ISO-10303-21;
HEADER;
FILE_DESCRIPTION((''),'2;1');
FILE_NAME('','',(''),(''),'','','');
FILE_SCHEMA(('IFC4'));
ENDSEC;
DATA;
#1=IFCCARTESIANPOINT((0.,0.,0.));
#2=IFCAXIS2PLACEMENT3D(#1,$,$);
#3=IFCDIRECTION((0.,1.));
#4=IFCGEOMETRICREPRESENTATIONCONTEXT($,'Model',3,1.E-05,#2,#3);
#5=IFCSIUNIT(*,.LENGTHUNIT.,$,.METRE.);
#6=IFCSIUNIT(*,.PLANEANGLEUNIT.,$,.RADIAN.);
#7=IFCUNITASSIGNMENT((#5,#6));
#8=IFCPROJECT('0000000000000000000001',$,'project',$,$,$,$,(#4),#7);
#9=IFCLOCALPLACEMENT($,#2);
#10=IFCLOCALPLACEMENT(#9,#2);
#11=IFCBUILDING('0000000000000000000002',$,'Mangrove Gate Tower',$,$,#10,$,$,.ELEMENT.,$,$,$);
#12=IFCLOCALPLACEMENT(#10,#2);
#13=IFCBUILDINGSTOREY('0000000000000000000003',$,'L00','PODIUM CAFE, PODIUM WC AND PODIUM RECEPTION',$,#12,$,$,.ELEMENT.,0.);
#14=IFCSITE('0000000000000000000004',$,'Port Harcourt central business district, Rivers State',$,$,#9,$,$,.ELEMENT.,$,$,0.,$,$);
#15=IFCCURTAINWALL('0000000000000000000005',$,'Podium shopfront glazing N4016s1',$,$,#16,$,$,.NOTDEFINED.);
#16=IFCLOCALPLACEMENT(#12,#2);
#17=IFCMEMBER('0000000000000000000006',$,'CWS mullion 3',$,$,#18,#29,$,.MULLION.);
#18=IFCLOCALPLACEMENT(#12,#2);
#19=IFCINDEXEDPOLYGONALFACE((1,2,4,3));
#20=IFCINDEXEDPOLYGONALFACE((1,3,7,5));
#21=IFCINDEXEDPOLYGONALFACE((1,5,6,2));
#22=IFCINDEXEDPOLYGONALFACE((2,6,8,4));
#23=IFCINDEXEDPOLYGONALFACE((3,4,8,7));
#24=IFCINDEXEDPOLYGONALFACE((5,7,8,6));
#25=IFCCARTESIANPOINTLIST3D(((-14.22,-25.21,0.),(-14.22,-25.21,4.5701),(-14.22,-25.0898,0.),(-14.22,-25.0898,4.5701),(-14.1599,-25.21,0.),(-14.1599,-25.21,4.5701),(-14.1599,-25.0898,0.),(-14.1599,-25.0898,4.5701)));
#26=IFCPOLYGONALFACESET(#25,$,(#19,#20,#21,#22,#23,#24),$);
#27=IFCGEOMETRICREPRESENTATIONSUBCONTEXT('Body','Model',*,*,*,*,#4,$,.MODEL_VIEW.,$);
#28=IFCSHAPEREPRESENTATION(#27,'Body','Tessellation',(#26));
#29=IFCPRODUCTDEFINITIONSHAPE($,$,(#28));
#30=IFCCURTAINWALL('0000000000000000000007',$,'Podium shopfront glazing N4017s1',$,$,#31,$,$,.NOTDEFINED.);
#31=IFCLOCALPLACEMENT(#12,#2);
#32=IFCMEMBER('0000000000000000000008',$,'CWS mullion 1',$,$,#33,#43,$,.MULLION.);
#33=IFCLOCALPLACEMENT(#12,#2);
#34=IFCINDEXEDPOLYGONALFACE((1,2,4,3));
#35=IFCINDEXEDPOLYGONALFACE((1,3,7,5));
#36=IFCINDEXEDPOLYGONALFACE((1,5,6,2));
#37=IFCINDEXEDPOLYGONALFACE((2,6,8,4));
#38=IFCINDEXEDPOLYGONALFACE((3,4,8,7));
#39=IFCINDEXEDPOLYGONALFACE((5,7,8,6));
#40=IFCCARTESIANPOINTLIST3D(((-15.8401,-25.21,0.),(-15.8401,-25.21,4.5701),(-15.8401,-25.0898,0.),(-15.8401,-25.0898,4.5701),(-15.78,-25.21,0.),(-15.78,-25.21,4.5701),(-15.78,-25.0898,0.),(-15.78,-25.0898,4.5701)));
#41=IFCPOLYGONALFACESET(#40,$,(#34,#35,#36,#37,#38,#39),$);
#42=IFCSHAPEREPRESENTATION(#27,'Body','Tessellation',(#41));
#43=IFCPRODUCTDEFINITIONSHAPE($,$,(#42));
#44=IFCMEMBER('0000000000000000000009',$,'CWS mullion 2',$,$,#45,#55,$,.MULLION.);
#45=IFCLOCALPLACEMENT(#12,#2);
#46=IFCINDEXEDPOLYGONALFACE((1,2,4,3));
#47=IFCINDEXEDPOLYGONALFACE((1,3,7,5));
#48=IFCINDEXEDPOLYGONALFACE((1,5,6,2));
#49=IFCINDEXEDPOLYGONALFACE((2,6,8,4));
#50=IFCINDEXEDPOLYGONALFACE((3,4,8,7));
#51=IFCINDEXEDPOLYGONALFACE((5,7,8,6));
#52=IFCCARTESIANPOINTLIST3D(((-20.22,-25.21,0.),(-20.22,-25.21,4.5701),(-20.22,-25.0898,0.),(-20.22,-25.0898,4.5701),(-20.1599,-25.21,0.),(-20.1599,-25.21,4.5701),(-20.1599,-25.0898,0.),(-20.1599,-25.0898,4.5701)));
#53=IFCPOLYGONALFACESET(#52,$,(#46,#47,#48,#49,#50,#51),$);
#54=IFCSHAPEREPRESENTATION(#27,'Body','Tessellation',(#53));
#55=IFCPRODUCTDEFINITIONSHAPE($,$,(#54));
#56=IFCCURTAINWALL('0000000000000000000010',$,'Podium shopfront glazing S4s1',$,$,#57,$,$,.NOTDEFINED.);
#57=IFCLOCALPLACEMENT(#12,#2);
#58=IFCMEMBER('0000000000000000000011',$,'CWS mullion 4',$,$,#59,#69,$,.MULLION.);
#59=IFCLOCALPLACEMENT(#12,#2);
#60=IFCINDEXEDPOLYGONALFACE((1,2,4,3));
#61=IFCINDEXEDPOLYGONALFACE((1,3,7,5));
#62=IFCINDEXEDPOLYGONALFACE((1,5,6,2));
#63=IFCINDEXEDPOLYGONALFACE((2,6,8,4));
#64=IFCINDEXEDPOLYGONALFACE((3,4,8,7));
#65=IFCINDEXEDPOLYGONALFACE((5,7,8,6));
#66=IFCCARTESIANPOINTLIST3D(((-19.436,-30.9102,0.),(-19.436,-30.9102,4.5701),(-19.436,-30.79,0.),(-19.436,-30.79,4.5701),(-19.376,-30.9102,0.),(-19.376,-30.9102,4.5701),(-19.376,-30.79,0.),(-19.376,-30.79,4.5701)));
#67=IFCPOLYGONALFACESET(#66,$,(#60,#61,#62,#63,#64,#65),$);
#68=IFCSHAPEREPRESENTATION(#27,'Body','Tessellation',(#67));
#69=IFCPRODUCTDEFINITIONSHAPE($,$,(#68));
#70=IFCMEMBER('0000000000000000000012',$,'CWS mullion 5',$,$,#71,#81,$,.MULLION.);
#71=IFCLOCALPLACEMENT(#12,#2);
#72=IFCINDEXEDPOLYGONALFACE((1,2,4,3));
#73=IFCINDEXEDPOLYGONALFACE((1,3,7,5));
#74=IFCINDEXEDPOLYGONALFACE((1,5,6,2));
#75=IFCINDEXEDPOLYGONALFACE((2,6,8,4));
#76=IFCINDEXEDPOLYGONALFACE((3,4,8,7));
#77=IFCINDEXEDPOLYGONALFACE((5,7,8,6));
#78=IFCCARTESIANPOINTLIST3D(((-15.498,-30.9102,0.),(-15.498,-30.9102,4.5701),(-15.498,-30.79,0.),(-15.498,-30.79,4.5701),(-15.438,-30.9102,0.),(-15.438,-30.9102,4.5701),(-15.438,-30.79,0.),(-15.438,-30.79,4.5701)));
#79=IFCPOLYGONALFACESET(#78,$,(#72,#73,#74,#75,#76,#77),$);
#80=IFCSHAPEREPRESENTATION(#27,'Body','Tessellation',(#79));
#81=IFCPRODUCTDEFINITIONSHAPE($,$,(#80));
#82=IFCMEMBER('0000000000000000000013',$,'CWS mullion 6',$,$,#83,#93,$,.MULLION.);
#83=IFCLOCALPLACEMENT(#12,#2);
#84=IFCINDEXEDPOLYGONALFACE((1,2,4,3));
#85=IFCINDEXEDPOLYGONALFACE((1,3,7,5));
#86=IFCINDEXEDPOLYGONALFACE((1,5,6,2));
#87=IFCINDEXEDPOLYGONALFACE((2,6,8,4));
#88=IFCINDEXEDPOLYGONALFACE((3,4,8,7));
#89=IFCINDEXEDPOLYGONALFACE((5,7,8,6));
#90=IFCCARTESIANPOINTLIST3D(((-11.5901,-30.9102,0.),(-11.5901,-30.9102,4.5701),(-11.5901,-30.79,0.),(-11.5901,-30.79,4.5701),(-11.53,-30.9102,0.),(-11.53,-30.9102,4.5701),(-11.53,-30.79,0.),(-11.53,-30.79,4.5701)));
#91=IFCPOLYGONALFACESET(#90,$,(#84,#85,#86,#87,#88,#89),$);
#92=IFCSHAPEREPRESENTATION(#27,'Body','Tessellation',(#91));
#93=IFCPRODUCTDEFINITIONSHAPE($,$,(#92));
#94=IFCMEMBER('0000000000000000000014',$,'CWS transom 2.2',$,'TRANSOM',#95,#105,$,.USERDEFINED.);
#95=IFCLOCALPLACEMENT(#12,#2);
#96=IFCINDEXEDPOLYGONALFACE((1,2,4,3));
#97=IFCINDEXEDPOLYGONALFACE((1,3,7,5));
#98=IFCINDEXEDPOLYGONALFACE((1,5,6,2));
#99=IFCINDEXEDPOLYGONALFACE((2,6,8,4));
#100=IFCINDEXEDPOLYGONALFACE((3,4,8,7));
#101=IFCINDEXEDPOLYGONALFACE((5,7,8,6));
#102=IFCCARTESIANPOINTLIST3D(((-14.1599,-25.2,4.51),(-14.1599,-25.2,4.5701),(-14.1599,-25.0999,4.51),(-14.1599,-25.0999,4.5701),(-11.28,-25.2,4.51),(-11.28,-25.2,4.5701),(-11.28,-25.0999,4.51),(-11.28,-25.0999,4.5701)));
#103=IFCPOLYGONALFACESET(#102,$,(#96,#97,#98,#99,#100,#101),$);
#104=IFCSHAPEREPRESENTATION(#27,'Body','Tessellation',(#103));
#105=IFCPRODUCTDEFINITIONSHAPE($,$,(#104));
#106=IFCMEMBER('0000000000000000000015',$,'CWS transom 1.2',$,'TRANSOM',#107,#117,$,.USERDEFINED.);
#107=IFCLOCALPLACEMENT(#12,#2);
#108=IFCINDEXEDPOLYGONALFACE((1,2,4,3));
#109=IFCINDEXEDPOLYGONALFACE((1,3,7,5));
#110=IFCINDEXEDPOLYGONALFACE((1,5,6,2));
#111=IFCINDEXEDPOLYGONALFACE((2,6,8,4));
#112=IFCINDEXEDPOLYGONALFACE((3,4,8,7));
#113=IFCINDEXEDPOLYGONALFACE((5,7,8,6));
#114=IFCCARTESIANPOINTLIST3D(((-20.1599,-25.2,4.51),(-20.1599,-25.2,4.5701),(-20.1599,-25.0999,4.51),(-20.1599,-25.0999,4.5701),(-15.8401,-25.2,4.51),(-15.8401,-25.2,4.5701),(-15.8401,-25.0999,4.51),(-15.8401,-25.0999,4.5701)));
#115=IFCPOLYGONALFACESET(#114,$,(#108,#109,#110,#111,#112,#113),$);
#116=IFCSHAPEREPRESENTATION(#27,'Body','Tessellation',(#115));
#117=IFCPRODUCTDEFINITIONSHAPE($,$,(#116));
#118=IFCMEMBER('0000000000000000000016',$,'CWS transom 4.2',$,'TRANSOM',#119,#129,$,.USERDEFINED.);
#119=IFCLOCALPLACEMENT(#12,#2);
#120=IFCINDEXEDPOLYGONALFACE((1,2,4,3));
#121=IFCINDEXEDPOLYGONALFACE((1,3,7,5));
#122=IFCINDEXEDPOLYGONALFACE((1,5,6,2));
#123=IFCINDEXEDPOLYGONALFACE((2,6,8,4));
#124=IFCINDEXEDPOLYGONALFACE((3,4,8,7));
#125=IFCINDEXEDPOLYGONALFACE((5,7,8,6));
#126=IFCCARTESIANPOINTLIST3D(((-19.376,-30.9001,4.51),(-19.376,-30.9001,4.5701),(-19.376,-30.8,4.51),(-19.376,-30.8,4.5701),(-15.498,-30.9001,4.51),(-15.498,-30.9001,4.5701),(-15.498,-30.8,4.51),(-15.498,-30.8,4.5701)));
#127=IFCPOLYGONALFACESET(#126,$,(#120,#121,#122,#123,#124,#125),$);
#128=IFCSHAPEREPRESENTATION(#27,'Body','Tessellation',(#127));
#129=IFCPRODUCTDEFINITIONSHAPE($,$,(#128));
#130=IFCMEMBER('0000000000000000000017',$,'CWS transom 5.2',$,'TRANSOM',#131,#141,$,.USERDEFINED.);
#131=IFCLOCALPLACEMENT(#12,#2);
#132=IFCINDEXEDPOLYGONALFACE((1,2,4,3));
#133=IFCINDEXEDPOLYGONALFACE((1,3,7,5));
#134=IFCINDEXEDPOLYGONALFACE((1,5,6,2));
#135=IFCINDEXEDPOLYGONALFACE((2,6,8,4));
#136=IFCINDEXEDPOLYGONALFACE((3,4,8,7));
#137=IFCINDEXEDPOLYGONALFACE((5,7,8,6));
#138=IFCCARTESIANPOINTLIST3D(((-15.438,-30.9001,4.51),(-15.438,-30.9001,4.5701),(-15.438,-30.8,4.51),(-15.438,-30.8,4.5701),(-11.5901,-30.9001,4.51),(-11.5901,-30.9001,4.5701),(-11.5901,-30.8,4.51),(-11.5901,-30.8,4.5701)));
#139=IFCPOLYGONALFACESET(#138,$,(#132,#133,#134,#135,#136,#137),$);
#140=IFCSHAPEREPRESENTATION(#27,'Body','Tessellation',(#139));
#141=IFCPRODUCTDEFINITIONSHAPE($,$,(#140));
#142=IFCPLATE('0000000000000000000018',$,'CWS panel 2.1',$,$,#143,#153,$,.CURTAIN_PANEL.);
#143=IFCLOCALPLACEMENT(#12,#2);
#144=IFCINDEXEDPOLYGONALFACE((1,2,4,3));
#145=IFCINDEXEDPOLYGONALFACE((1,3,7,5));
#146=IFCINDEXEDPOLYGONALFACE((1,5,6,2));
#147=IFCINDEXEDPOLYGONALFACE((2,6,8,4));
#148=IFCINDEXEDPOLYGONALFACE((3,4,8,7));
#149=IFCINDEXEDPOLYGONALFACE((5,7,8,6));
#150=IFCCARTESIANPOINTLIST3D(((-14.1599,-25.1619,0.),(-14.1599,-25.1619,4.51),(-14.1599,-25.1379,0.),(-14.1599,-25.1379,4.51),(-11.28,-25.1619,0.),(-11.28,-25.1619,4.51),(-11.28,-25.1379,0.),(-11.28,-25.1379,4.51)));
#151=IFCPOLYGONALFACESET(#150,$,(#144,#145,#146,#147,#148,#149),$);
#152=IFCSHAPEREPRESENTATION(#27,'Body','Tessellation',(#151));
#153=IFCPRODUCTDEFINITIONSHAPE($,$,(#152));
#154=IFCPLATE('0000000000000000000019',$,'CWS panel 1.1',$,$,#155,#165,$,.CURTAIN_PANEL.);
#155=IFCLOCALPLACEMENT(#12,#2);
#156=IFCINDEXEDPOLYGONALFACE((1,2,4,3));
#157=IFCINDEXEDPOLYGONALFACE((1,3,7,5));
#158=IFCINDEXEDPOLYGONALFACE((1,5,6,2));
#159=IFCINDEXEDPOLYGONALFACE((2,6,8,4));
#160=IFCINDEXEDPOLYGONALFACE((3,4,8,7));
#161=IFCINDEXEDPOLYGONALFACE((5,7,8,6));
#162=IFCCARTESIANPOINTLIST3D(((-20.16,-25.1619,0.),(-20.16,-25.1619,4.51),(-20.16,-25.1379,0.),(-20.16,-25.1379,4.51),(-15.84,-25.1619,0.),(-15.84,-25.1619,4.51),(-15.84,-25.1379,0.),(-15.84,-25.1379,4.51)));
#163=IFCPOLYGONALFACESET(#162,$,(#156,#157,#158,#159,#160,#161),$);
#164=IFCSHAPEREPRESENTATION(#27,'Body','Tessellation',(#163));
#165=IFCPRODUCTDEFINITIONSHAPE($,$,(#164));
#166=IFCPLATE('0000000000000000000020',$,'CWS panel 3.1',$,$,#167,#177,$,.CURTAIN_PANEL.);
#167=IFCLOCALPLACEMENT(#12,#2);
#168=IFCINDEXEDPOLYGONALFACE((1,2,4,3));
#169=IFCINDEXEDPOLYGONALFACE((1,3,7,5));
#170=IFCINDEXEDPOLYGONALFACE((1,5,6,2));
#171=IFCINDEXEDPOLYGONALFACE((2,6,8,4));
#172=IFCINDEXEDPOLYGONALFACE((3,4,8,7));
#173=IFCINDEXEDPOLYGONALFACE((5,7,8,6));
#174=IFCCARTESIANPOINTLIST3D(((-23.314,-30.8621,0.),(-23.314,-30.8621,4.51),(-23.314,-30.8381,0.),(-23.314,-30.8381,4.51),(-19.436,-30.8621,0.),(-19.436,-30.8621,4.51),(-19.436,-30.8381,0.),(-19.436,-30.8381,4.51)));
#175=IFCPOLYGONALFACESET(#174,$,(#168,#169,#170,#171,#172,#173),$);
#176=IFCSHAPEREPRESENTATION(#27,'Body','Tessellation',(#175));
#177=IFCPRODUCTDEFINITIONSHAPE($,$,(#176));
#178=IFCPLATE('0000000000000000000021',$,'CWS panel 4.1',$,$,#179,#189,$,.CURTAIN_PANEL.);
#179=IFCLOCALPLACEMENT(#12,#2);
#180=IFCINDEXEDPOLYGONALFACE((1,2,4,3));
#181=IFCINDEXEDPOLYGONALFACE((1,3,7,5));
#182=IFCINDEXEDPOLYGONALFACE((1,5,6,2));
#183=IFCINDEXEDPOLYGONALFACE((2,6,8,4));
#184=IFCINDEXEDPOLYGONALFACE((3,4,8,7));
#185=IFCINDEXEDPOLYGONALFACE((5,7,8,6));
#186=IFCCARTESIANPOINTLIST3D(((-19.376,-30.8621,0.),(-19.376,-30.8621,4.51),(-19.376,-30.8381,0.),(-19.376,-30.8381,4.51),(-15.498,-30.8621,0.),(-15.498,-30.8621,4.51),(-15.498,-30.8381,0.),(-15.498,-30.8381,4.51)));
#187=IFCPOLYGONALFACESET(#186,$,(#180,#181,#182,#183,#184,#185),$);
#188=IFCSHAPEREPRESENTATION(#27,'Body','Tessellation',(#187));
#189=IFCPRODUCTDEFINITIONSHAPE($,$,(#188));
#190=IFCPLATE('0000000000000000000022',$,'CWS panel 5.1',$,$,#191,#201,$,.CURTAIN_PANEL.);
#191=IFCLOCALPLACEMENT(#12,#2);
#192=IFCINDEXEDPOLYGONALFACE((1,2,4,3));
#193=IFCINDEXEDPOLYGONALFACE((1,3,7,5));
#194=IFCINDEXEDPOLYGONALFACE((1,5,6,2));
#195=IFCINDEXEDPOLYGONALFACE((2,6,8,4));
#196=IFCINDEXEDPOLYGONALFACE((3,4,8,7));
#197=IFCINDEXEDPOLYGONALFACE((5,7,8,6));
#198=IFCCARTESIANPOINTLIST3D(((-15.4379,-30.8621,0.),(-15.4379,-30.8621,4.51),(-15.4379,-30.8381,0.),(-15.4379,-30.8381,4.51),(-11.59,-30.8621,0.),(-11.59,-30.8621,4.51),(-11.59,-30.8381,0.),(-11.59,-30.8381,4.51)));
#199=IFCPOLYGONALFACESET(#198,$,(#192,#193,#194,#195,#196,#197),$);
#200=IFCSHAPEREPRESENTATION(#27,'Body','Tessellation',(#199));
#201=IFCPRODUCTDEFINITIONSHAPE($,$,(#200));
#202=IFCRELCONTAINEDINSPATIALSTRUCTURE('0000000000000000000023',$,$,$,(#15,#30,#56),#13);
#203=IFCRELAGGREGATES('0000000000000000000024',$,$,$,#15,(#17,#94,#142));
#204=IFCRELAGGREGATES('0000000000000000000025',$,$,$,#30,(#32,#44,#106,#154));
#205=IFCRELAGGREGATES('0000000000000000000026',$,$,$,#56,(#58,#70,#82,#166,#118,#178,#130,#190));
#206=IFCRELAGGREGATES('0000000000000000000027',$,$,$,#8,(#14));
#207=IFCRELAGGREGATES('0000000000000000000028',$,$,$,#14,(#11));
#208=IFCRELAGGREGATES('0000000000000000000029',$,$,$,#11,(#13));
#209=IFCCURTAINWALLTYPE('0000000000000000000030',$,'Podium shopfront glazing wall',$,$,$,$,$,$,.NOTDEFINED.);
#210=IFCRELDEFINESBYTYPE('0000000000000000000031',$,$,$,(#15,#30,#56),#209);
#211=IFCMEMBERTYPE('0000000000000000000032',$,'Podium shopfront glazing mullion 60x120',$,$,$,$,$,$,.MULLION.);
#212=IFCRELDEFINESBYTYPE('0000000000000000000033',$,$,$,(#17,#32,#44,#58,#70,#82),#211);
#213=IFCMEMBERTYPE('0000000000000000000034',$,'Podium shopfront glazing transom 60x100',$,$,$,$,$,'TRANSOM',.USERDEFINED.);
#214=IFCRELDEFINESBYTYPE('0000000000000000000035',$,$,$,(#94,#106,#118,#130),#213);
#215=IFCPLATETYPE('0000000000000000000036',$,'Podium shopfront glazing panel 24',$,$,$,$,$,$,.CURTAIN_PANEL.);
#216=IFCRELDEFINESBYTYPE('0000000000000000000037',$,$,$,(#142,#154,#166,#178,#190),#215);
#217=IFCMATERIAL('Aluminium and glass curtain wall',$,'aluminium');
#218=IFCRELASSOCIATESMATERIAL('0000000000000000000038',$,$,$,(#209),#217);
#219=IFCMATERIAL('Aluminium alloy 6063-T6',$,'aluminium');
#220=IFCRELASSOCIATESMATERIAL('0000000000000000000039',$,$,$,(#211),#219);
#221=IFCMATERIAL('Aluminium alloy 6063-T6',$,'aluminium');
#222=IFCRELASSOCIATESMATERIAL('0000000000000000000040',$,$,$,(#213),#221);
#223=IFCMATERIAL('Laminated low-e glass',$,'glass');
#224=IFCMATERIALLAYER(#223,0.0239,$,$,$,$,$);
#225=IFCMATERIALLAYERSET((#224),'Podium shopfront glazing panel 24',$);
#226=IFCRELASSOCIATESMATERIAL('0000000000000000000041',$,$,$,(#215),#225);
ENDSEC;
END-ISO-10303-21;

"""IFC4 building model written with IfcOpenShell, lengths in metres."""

from ifc_helpers import new_model, si_unit, direction, frame, origin, origin_2d, place, context, subcontext, project, spatial, rectangle, extrude, material, layer, layer_set, material_profile, profile_set, type_object, element, aggregate, save


model = new_model("IFC4")

# Units and contexts
model_context = context("Model", 3, precision=1e-05, world=origin(), true_north=direction((0.0, 1.0)))
body_context = subcontext(model_context, "Body", "Model", "MODEL_VIEW")
ifc_project = project(units=[si_unit("LENGTHUNIT", "METRE"), si_unit("PLANEANGLEUNIT", "RADIAN")], contexts=[model_context])

# Site, building, storey
site_placement = place(None, origin())
site = spatial("IfcSite", under=ifc_project, at=site_placement, Name="Port Harcourt central business district, Rivers State", CompositionType="ELEMENT", RefElevation=0.0)
building_placement = place(site_placement, origin())
building = spatial("IfcBuilding", under=site, at=building_placement, Name="Mangrove Gate Tower", CompositionType="ELEMENT")
storey_placement = place(building_placement, origin())
storey = spatial("IfcBuildingStorey", under=building, at=storey_placement, Name="L00", Description="PODIUM CAFE, PODIUM WC AND PODIUM RECEPTION", CompositionType="ELEMENT", Elevation=0.0)

# Curtain wall, member
ifc_material_1 = material(Name="Aluminium and glass curtain wall", Category="aluminium")
curtain_wall_type = type_object("IfcCurtainWallType", Name="Podium shopfront glazing wall", PredefinedType="NOTDEFINED", material=ifc_material_1)
curtain_wall_1_placement = place(storey_placement, origin())
curtain_wall_1 = element("IfcCurtainWall", 1, at=curtain_wall_1_placement, inside=storey, type_object=curtain_wall_type, Name="Podium shopfront glazing N4016s1", PredefinedType="NOTDEFINED")
ifc_material_2 = material(Name="Aluminium alloy 6063-T6", Category="aluminium")
ifc_material_profile_1 = material_profile(ifc_material_2, rectangle(XDim=0.0601, YDim=0.1201, at=origin_2d()))
ifc_profile_set_1 = profile_set([ifc_material_profile_1], Name="Aluminium alloy 6063-T6")
member_type_1 = type_object("IfcMemberType", Name="Podium shopfront glazing mullion 60x120", PredefinedType="MULLION", material=ifc_profile_set_1)
member_1_placement = place(storey_placement, frame((-14.1899, -25.1499, 0.0), z_axis=(0.0, 0.0, 1.0), x_axis=(-1.0, 0.0, 0.0)))
member_1 = element("IfcMember", 2, at=member_1_placement, type_object=member_type_1, Name="CWS mullion 3", PredefinedType="MULLION", context=body_context, shape_type="SweptSolid", body=[
    extrude(rectangle(XDim=0.0601, YDim=0.1201, at=origin_2d()), origin(), (0.0, 0.0, 1.0), 4.5701),
])

# Curtain walls, members
curtain_wall_2_placement = place(storey_placement, origin())
curtain_wall_2 = element("IfcCurtainWall", 3, at=curtain_wall_2_placement, inside=storey, type_object=curtain_wall_type, Name="Podium shopfront glazing N4017s1", PredefinedType="NOTDEFINED")
member_2_placement = place(storey_placement, frame((-15.8101, -25.1499, 0.0), z_axis=(0.0, 0.0, 1.0), x_axis=(-1.0, 0.0, 0.0)))
member_2 = element("IfcMember", 4, at=member_2_placement, type_object=member_type_1, Name="CWS mullion 1", PredefinedType="MULLION", context=body_context, shape_type="SweptSolid", body=[
    extrude(rectangle(XDim=0.0601, YDim=0.1201, at=origin_2d()), origin(), (0.0, 0.0, 1.0), 4.5701),
])
member_3_placement = place(storey_placement, frame((-20.1899, -25.1499, 0.0), z_axis=(0.0, 0.0, 1.0), x_axis=(-1.0, 0.0, 0.0)))
member_3 = element("IfcMember", 5, at=member_3_placement, type_object=member_type_1, Name="CWS mullion 2", PredefinedType="MULLION", context=body_context, shape_type="SweptSolid", body=[
    extrude(rectangle(XDim=0.0601, YDim=0.1201, at=origin_2d()), origin(), (0.0, 0.0, 1.0), 4.5701),
])
curtain_wall_3_placement = place(storey_placement, origin())
curtain_wall_3 = element("IfcCurtainWall", 6, at=curtain_wall_3_placement, inside=storey, type_object=curtain_wall_type, Name="Podium shopfront glazing S4s1", PredefinedType="NOTDEFINED")
member_4_placement = place(storey_placement, frame((-19.406, -30.8501, 0.0), z_axis=(0.0, 0.0, 1.0), x_axis=(1.0, 0.0, 0.0)))
member_4 = element("IfcMember", 7, at=member_4_placement, type_object=member_type_1, Name="CWS mullion 4", PredefinedType="MULLION", context=body_context, shape_type="SweptSolid", body=[
    extrude(rectangle(XDim=0.0601, YDim=0.1201, at=origin_2d()), origin(), (0.0, 0.0, 1.0), 4.5701),
])
member_5_placement = place(storey_placement, frame((-15.468, -30.8501, 0.0), z_axis=(0.0, 0.0, 1.0), x_axis=(1.0, 0.0, 0.0)))
member_5 = element("IfcMember", 8, at=member_5_placement, type_object=member_type_1, Name="CWS mullion 5", PredefinedType="MULLION", context=body_context, shape_type="SweptSolid", body=[
    extrude(rectangle(XDim=0.0601, YDim=0.1201, at=origin_2d()), origin(), (0.0, 0.0, 1.0), 4.5701),
])
member_6_placement = place(storey_placement, frame((-11.5601, -30.8501, 0.0), z_axis=(0.0, 0.0, 1.0), x_axis=(1.0, 0.0, 0.0)))
member_6 = element("IfcMember", 9, at=member_6_placement, type_object=member_type_1, Name="CWS mullion 6", PredefinedType="MULLION", context=body_context, shape_type="SweptSolid", body=[
    extrude(rectangle(XDim=0.0601, YDim=0.1201, at=origin_2d()), origin(), (0.0, 0.0, 1.0), 4.5701),
])

# Members
ifc_material_3 = material(Name="Aluminium alloy 6063-T6", Category="aluminium")
ifc_material_profile_2 = material_profile(ifc_material_3, rectangle(XDim=0.0601, YDim=0.1001, at=origin_2d()))
ifc_profile_set_2 = profile_set([ifc_material_profile_2], Name="Aluminium alloy 6063-T6")
member_type_2 = type_object("IfcMemberType", Name="Podium shopfront glazing transom 60x100", ElementType="TRANSOM", PredefinedType="USERDEFINED", material=ifc_profile_set_2)
member_7_placement = place(storey_placement, frame((-11.28, -25.1499, 4.54), z_axis=(-1.0, 0.0, 0.0), x_axis=(0.0, 0.0, 1.0)))
member_7 = element("IfcMember", 10, at=member_7_placement, type_object=member_type_2, Name="CWS transom 2.2", ObjectType="TRANSOM", PredefinedType="USERDEFINED", context=body_context, shape_type="SweptSolid", body=[
    extrude(rectangle(XDim=0.0601, YDim=0.1001, at=origin_2d()), origin(), (0.0, 0.0, 1.0), 2.8799),
])
member_8_placement = place(storey_placement, frame((-15.8401, -25.1499, 4.54), z_axis=(-1.0, 0.0, 0.0), x_axis=(0.0, 0.0, 1.0)))
member_8 = element("IfcMember", 11, at=member_8_placement, type_object=member_type_2, Name="CWS transom 1.2", ObjectType="TRANSOM", PredefinedType="USERDEFINED", context=body_context, shape_type="SweptSolid", body=[
    extrude(rectangle(XDim=0.0601, YDim=0.1001, at=origin_2d()), origin(), (0.0, 0.0, 1.0), 4.3198),
])
member_9_placement = place(storey_placement, frame((-19.376, -30.8501, 4.54), z_axis=(1.0, 0.0, 0.0), x_axis=(0.0, 0.0, 1.0)))
member_9 = element("IfcMember", 12, at=member_9_placement, type_object=member_type_2, Name="CWS transom 4.2", ObjectType="TRANSOM", PredefinedType="USERDEFINED", context=body_context, shape_type="SweptSolid", body=[
    extrude(rectangle(XDim=0.0601, YDim=0.1001, at=origin_2d()), origin(), (0.0, 0.0, 1.0), 3.8779),
])
member_10_placement = place(storey_placement, frame((-15.438, -30.8501, 4.54), z_axis=(1.0, 0.0, 0.0), x_axis=(0.0, 0.0, 1.0)))
member_10 = element("IfcMember", 13, at=member_10_placement, type_object=member_type_2, Name="CWS transom 5.2", ObjectType="TRANSOM", PredefinedType="USERDEFINED", context=body_context, shape_type="SweptSolid", body=[
    extrude(rectangle(XDim=0.0601, YDim=0.1001, at=origin_2d()), origin(), (0.0, 0.0, 1.0), 3.8479),
])

# Plates
ifc_material_4 = material(Name="Laminated low-e glass", Category="glass")
ifc_layer_1 = layer(ifc_material_4, 0.0239)
ifc_layer_set_1 = layer_set([ifc_layer_1], Name="Podium shopfront glazing panel 24")
plate_type = type_object("IfcPlateType", Name="Podium shopfront glazing panel 24", PredefinedType="CURTAIN_PANEL", material=ifc_layer_set_1)
plate_1_placement = place(storey_placement, frame((-12.72, -25.1499, 0.0), z_axis=(0.0, 0.0, 1.0), x_axis=(-1.0, 0.0, 0.0)))
plate_1 = element("IfcPlate", 14, at=plate_1_placement, type_object=plate_type, Name="CWS panel 2.1", PredefinedType="CURTAIN_PANEL", context=body_context, shape_type="SweptSolid", body=[
    extrude(rectangle(XDim=2.8799, YDim=0.0239, at=origin_2d()), origin(), (0.0, 0.0, 1.0), 4.51),
])
aggregate(curtain_wall_1, [member_1, member_7, plate_1])
plate_2_placement = place(storey_placement, frame((-18.0, -25.1499, 0.0), z_axis=(0.0, 0.0, 1.0), x_axis=(-1.0, 0.0, 0.0)))
plate_2 = element("IfcPlate", 15, at=plate_2_placement, type_object=plate_type, Name="CWS panel 1.1", PredefinedType="CURTAIN_PANEL", context=body_context, shape_type="SweptSolid", body=[
    extrude(rectangle(XDim=4.3201, YDim=0.0239, at=origin_2d()), origin(), (0.0, 0.0, 1.0), 4.51),
])
aggregate(curtain_wall_2, [member_2, member_3, member_8, plate_2])
plate_3_placement = place(storey_placement, frame((-21.375, -30.8501, 0.0), z_axis=(0.0, 0.0, 1.0), x_axis=(1.0, 0.0, 0.0)))
plate_3 = element("IfcPlate", 16, at=plate_3_placement, type_object=plate_type, Name="CWS panel 3.1", PredefinedType="CURTAIN_PANEL", context=body_context, shape_type="SweptSolid", body=[
    extrude(rectangle(XDim=3.8779, YDim=0.0239, at=origin_2d()), origin(), (0.0, 0.0, 1.0), 4.51),
])
plate_4_placement = place(storey_placement, frame((-17.437, -30.8501, 0.0), z_axis=(0.0, 0.0, 1.0), x_axis=(1.0, 0.0, 0.0)))
plate_4 = element("IfcPlate", 17, at=plate_4_placement, type_object=plate_type, Name="CWS panel 4.1", PredefinedType="CURTAIN_PANEL", context=body_context, shape_type="SweptSolid", body=[
    extrude(rectangle(XDim=3.8779, YDim=0.0239, at=origin_2d()), origin(), (0.0, 0.0, 1.0), 4.51),
])
plate_5_placement = place(storey_placement, frame((-13.5139, -30.8501, 0.0), z_axis=(0.0, 0.0, 1.0), x_axis=(1.0, 0.0, 0.0)))
plate_5 = element("IfcPlate", 18, at=plate_5_placement, type_object=plate_type, Name="CWS panel 5.1", PredefinedType="CURTAIN_PANEL", context=body_context, shape_type="SweptSolid", body=[
    extrude(rectangle(XDim=3.8479, YDim=0.0239, at=origin_2d()), origin(), (0.0, 0.0, 1.0), 4.51),
])
aggregate(curtain_wall_3, [member_4, member_5, member_6, plate_3, member_9, plate_4, member_10, plate_5])

save(model, "model.ifc")
